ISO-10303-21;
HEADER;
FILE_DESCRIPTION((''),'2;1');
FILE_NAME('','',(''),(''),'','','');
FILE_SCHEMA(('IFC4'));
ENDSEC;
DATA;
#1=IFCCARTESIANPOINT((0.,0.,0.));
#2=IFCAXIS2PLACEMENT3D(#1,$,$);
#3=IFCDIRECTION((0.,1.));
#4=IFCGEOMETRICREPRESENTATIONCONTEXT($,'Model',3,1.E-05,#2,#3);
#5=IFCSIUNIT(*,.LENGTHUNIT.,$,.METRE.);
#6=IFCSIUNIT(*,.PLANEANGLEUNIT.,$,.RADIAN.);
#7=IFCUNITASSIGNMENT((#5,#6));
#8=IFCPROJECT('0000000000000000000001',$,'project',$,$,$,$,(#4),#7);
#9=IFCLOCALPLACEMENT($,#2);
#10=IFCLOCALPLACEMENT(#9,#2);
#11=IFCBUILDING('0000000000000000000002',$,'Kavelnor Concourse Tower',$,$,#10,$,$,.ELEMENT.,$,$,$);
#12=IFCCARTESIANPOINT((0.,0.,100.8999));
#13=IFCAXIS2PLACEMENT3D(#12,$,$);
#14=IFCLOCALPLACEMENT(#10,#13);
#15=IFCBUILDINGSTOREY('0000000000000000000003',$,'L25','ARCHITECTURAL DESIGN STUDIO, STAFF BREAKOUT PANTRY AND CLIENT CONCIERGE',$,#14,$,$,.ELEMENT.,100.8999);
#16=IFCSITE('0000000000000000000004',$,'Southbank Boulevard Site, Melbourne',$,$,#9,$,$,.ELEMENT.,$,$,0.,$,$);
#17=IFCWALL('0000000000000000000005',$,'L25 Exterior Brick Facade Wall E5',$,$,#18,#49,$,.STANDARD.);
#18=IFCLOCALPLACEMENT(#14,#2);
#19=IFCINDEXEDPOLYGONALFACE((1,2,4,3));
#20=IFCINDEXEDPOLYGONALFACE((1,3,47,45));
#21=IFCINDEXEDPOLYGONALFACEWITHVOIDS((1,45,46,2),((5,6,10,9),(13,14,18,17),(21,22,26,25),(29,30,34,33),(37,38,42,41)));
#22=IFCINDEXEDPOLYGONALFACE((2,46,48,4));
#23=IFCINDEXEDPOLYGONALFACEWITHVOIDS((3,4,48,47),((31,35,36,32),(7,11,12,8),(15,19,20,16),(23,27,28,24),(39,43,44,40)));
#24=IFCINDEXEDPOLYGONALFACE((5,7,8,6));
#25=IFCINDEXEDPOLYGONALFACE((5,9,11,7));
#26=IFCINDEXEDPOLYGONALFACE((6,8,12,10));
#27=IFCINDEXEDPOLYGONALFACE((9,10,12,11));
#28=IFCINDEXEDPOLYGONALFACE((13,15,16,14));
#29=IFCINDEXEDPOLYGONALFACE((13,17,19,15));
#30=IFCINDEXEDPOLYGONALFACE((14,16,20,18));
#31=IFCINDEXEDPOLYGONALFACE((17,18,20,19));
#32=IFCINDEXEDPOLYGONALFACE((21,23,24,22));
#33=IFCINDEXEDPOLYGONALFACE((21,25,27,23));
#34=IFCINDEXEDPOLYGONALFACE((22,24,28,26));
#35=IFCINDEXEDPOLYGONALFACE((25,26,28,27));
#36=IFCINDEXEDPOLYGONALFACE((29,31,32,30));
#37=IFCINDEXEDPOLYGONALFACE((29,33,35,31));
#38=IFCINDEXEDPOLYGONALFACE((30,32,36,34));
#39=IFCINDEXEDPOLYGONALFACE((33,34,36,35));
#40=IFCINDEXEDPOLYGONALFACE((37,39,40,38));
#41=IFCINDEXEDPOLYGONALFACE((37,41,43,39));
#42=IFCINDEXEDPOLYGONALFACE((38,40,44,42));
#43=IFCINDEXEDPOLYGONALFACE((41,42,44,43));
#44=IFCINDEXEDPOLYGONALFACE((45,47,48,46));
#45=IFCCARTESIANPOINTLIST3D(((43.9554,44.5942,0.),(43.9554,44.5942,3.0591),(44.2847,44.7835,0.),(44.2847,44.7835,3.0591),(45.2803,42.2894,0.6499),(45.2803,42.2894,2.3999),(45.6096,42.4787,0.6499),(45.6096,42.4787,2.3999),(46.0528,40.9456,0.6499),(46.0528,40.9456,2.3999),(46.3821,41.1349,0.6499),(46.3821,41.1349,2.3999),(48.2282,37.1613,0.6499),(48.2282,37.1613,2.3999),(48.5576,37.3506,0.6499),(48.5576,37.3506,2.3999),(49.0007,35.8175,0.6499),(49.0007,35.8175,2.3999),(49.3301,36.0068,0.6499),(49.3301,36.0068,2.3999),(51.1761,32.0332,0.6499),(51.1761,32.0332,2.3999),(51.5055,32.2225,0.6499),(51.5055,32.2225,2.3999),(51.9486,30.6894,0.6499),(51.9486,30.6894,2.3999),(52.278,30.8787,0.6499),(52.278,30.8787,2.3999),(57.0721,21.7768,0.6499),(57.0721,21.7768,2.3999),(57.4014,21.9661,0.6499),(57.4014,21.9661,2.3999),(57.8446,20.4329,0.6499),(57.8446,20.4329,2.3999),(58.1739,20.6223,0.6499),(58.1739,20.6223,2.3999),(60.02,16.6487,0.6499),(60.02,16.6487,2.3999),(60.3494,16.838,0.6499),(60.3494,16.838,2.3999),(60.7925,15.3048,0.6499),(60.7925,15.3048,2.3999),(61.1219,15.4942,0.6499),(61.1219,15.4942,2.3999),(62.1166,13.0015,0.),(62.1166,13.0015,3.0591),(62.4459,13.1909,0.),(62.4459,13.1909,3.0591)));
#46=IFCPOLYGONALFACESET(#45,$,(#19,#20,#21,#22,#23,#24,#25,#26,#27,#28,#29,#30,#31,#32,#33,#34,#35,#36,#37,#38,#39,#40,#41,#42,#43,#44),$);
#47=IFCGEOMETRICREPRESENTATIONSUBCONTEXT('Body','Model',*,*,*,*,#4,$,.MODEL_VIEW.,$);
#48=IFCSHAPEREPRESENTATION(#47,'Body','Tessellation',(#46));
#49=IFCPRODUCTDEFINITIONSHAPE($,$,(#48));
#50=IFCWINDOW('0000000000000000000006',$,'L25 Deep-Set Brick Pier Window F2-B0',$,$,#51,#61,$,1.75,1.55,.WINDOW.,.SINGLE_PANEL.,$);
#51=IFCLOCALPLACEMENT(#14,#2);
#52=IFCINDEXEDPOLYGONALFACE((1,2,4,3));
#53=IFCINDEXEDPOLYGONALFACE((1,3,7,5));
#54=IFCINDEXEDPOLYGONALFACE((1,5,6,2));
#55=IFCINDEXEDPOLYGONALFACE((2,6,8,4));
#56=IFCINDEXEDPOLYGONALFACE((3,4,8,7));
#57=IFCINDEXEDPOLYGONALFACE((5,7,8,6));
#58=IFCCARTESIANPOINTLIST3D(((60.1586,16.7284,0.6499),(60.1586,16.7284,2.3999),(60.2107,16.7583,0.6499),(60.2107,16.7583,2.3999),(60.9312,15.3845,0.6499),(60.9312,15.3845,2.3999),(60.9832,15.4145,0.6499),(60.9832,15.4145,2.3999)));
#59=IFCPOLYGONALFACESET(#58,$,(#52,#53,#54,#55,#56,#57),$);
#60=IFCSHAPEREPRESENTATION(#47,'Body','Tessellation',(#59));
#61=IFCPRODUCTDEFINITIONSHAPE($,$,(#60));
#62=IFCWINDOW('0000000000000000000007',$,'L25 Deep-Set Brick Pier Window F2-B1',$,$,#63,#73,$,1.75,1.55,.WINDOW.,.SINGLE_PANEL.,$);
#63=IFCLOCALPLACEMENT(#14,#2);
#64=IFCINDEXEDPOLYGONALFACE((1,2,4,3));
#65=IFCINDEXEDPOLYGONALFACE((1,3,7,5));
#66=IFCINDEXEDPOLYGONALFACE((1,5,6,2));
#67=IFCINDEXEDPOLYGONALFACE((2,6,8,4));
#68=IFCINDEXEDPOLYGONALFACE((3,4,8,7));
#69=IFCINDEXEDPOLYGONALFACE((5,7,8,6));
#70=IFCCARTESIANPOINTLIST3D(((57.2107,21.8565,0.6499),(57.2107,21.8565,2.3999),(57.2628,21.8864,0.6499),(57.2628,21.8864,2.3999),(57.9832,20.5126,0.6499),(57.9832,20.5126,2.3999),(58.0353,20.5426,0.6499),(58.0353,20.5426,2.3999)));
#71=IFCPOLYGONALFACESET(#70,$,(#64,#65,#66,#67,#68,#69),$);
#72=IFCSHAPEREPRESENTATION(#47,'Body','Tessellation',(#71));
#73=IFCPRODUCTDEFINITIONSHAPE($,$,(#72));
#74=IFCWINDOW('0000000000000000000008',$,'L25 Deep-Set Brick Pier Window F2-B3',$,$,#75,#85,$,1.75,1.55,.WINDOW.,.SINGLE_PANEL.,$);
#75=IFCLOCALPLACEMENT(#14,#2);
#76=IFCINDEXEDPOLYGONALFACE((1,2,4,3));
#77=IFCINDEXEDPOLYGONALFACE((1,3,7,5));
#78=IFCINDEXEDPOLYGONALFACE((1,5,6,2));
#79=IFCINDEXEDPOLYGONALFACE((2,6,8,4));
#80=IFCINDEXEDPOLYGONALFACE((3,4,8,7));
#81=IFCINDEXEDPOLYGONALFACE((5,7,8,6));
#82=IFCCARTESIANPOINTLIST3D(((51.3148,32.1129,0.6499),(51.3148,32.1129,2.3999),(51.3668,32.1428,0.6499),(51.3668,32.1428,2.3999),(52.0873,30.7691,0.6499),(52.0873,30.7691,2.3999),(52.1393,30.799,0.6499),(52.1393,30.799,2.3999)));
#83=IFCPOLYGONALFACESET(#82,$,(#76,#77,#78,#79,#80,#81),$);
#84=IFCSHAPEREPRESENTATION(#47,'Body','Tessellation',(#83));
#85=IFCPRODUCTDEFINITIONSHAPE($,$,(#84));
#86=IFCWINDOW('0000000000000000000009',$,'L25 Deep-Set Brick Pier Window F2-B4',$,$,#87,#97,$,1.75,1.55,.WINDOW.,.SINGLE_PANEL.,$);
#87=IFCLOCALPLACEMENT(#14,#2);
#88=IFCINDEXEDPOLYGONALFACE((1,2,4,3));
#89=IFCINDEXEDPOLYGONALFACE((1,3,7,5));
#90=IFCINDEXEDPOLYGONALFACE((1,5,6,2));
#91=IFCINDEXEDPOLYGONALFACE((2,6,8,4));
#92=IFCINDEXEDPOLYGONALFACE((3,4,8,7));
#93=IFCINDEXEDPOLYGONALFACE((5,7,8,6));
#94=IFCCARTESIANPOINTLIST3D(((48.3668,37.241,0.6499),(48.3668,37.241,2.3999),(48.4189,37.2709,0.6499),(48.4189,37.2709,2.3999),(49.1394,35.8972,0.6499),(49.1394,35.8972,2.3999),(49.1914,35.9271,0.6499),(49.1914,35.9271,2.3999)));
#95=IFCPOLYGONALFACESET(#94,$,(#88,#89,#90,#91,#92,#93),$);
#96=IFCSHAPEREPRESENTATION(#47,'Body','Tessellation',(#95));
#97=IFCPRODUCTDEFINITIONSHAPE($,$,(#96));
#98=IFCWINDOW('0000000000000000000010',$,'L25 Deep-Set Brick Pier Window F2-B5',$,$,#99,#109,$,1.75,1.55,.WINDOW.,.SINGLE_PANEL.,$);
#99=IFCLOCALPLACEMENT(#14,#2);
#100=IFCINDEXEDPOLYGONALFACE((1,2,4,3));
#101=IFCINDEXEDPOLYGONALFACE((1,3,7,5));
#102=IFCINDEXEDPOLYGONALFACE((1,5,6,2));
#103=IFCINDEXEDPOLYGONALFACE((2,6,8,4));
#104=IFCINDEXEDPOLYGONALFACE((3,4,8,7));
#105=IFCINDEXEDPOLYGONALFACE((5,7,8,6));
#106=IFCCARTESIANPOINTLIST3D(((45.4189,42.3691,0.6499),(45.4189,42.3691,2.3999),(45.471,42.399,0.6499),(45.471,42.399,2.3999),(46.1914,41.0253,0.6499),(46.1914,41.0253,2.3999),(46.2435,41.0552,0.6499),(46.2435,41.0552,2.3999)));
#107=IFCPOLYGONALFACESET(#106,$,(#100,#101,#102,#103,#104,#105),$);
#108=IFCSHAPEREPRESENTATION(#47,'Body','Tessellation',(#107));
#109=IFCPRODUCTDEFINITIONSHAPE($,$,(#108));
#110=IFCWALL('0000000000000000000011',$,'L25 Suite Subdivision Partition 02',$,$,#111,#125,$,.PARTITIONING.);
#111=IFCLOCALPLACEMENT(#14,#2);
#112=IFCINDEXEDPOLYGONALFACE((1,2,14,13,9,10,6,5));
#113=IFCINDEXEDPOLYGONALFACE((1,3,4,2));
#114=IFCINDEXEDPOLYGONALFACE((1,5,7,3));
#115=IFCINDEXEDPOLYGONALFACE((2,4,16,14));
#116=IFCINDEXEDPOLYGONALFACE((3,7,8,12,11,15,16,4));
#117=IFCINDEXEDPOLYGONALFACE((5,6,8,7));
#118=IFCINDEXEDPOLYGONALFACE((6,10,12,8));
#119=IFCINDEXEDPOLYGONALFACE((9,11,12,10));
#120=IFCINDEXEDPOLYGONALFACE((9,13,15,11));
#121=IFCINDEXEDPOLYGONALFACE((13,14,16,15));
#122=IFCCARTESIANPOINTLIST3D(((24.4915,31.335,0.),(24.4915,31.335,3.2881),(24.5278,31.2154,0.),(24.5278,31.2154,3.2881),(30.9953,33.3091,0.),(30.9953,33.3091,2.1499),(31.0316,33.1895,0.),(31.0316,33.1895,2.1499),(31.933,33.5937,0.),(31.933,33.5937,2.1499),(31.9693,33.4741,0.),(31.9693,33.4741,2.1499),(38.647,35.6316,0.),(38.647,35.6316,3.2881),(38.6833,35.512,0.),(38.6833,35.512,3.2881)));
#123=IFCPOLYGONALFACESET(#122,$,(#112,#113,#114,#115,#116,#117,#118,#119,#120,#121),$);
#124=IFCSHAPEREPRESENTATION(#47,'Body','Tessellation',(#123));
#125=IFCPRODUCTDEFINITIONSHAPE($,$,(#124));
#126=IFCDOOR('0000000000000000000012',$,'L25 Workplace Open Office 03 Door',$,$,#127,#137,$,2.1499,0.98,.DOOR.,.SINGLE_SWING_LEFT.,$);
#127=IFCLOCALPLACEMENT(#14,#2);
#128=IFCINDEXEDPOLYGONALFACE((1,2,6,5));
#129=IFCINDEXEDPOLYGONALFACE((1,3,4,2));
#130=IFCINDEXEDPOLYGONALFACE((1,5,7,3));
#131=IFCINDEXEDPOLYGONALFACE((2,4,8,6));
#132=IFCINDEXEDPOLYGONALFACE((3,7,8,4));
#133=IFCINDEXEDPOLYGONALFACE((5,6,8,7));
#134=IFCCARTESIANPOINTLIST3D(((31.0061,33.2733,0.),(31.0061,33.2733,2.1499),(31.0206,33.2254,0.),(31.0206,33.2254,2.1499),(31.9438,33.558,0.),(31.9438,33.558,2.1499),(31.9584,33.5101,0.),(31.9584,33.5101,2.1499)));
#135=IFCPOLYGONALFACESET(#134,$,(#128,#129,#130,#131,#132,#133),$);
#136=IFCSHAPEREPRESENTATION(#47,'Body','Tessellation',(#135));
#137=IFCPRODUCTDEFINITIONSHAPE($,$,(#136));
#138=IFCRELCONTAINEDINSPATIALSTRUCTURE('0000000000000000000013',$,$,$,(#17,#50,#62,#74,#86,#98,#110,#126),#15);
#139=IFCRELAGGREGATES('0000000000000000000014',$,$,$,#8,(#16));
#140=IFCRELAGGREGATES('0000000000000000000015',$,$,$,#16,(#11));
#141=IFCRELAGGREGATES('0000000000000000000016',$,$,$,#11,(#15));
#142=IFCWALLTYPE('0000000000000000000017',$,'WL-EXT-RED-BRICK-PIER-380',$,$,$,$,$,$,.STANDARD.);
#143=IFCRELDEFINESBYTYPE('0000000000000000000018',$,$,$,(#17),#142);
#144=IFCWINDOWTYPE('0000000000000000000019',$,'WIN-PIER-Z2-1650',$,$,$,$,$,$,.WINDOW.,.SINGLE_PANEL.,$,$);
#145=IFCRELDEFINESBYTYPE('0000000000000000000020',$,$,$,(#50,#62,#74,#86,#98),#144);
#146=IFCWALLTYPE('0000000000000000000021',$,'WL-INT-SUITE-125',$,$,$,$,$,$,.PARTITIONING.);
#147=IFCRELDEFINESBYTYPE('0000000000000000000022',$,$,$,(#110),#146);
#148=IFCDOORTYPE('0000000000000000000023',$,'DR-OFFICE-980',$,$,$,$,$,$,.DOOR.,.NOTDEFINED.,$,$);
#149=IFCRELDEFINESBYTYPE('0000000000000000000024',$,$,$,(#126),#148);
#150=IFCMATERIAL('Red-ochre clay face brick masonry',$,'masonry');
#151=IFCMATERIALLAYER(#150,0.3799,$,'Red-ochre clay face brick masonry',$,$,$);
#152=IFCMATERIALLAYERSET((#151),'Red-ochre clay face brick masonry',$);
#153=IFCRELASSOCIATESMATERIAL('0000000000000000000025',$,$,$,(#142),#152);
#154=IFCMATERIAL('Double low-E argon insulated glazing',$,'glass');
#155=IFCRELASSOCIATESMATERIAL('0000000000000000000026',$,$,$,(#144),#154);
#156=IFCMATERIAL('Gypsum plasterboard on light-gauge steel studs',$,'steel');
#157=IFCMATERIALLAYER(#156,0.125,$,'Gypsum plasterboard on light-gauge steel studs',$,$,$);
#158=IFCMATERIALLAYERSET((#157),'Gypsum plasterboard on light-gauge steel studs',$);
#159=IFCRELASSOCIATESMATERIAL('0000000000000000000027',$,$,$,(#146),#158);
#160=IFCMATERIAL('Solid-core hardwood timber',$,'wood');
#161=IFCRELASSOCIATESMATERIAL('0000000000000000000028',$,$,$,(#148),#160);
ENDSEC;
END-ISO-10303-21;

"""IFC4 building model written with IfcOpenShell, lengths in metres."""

from ifc_helpers import new_model, si_unit, direction, frame, frame_2d, origin, place, context, subcontext, project, spatial, rectangle, extrude, material, layer, layer_set, type_object, element, fill, save


model = new_model("IFC4")

# Units and contexts
model_context = context("Model", 3, precision=1e-05, world=origin(), true_north=direction((0.0, 1.0)))
body_context = subcontext(model_context, "Body", "Model", "MODEL_VIEW")
ifc_project = project(units=[si_unit("LENGTHUNIT", "METRE"), si_unit("PLANEANGLEUNIT", "RADIAN")], contexts=[model_context])

# Site, building, storey
site_placement = place(None, origin())
site = spatial("IfcSite", under=ifc_project, at=site_placement, Name="Southbank Boulevard Site, Melbourne", CompositionType="ELEMENT", RefElevation=0.0)
building_placement = place(site_placement, origin())
building = spatial("IfcBuilding", under=site, at=building_placement, Name="Kavelnor Concourse Tower", CompositionType="ELEMENT")
storey_placement = place(building_placement, frame((0.0, 0.0, 100.8999)))
storey = spatial("IfcBuildingStorey", under=building, at=storey_placement, Name="L25", Description="ARCHITECTURAL DESIGN STUDIO, STAFF BREAKOUT PANTRY AND CLIENT CONCIERGE", CompositionType="ELEMENT", Elevation=100.8999)

# Wall, openings, windows
ifc_material_1 = material(Name="Red-ochre clay face brick masonry", Category="masonry")
ifc_layer_1 = layer(ifc_material_1, 0.3799, Name="Red-ochre clay face brick masonry")
ifc_layer_set_1 = layer_set([ifc_layer_1], Name="Red-ochre clay face brick masonry")
wall_type_1 = type_object("IfcWallType", Name="WL-EXT-RED-BRICK-PIER-380", PredefinedType="STANDARD", material=ifc_layer_set_1)
wall_1_placement = place(storey_placement, frame((44.1201, 44.6887, 0.0), z_axis=(0.0, 0.0, 1.0), x_axis=(0.498377, -0.866961, 0.0)))
wall_1 = element("IfcWall", 1, at=wall_1_placement, inside=storey, type_object=wall_type_1, Name="L25 Exterior Brick Facade Wall E5", PredefinedType="STANDARD", context=body_context, shape_type="SweptSolid", body=[
    extrude(rectangle(XDim=36.4407, YDim=0.3799, at=frame_2d((18.2202, 0.0))), origin(), (0.0, 0.0, 1.0), 3.0591),
])
opening_1_placement = place(wall_1_placement, frame((32.2339, 0.0, 0.6499)))
opening_1 = element("IfcOpeningElement", 2, at=opening_1_placement, cuts=wall_1, PredefinedType="OPENING", context=body_context, shape_type="SweptSolid", body=[
    extrude(rectangle(XDim=1.55, YDim=1.75, at=frame_2d((0.7749, 0.875))), frame((0.0, 0.2, 0.0), z_axis=(0.0, -1.0, 0.0), x_axis=(1.0, 0.0, 0.0)), (0.0, 0.0, 1.0), 0.3999),
])
opening_2_placement = place(wall_1_placement, frame((26.3188, 0.0, 0.6499)))
opening_2 = element("IfcOpeningElement", 3, at=opening_2_placement, cuts=wall_1, PredefinedType="OPENING", context=body_context, shape_type="SweptSolid", body=[
    extrude(rectangle(XDim=1.55, YDim=1.75, at=frame_2d((0.7749, 0.875))), frame((0.0, 0.2, 0.0), z_axis=(0.0, -1.0, 0.0), x_axis=(1.0, 0.0, 0.0)), (0.0, 0.0, 1.0), 0.3999),
])
opening_3_placement = place(wall_1_placement, frame((14.4885, 0.0, 0.6499)))
opening_3 = element("IfcOpeningElement", 4, at=opening_3_placement, cuts=wall_1, PredefinedType="OPENING", context=body_context, shape_type="SweptSolid", body=[
    extrude(rectangle(XDim=1.55, YDim=1.75, at=frame_2d((0.7749, 0.875))), frame((0.0, 0.2, 0.0), z_axis=(0.0, -1.0, 0.0), x_axis=(1.0, 0.0, 0.0)), (0.0, 0.0, 1.0), 0.3999),
])
opening_4_placement = place(wall_1_placement, frame((8.5735, 0.0, 0.6499)))
opening_4 = element("IfcOpeningElement", 5, at=opening_4_placement, cuts=wall_1, PredefinedType="OPENING", context=body_context, shape_type="SweptSolid", body=[
    extrude(rectangle(XDim=1.55, YDim=1.75, at=frame_2d((0.7749, 0.875))), frame((0.0, 0.2, 0.0), z_axis=(0.0, -1.0, 0.0), x_axis=(1.0, 0.0, 0.0)), (0.0, 0.0, 1.0), 0.3999),
])
opening_5_placement = place(wall_1_placement, frame((2.6584, 0.0, 0.6499)))
opening_5 = element("IfcOpeningElement", 6, at=opening_5_placement, cuts=wall_1, PredefinedType="OPENING", context=body_context, shape_type="SweptSolid", body=[
    extrude(rectangle(XDim=1.55, YDim=1.75, at=frame_2d((0.7749, 0.875))), frame((0.0, 0.2, 0.0), z_axis=(0.0, -1.0, 0.0), x_axis=(1.0, 0.0, 0.0)), (0.0, 0.0, 1.0), 0.3999),
])
ifc_material_2 = material(Name="Double low-E argon insulated glazing", Category="glass")
window_type = type_object("IfcWindowType", Name="WIN-PIER-Z2-1650", PartitioningType="SINGLE_PANEL", PredefinedType="WINDOW", material=ifc_material_2)
window_1_placement = place(opening_1_placement, origin())
window_1 = element("IfcWindow", 7, at=window_1_placement, inside=storey, type_object=window_type, Name="L25 Deep-Set Brick Pier Window F2-B0", OverallHeight=1.75, OverallWidth=1.55, PartitioningType="SINGLE_PANEL", PredefinedType="WINDOW", context=body_context, shape_type="SweptSolid", body=[
    extrude(rectangle(XDim=1.55, YDim=1.75, at=frame_2d((0.7749, 0.875))), frame((0.0, 0.03, 0.0), z_axis=(0.0, -1.0, 0.0), x_axis=(1.0, 0.0, 0.0)), (0.0, 0.0, 1.0), 0.0601),
])
fill(opening_1, window_1)
window_2_placement = place(opening_2_placement, origin())
window_2 = element("IfcWindow", 8, at=window_2_placement, inside=storey, type_object=window_type, Name="L25 Deep-Set Brick Pier Window F2-B1", OverallHeight=1.75, OverallWidth=1.55, PartitioningType="SINGLE_PANEL", PredefinedType="WINDOW", context=body_context, shape_type="SweptSolid", body=[
    extrude(rectangle(XDim=1.55, YDim=1.75, at=frame_2d((0.7749, 0.875))), frame((0.0, 0.03, 0.0), z_axis=(0.0, -1.0, 0.0), x_axis=(1.0, 0.0, 0.0)), (0.0, 0.0, 1.0), 0.0601),
])
fill(opening_2, window_2)
window_3_placement = place(opening_3_placement, origin())
window_3 = element("IfcWindow", 9, at=window_3_placement, inside=storey, type_object=window_type, Name="L25 Deep-Set Brick Pier Window F2-B3", OverallHeight=1.75, OverallWidth=1.55, PartitioningType="SINGLE_PANEL", PredefinedType="WINDOW", context=body_context, shape_type="SweptSolid", body=[
    extrude(rectangle(XDim=1.55, YDim=1.75, at=frame_2d((0.7749, 0.875))), frame((0.0, 0.03, 0.0), z_axis=(0.0, -1.0, 0.0), x_axis=(1.0, 0.0, 0.0)), (0.0, 0.0, 1.0), 0.0601),
])
fill(opening_3, window_3)
window_4_placement = place(opening_4_placement, origin())
window_4 = element("IfcWindow", 10, at=window_4_placement, inside=storey, type_object=window_type, Name="L25 Deep-Set Brick Pier Window F2-B4", OverallHeight=1.75, OverallWidth=1.55, PartitioningType="SINGLE_PANEL", PredefinedType="WINDOW", context=body_context, shape_type="SweptSolid", body=[
    extrude(rectangle(XDim=1.55, YDim=1.75, at=frame_2d((0.7749, 0.875))), frame((0.0, 0.03, 0.0), z_axis=(0.0, -1.0, 0.0), x_axis=(1.0, 0.0, 0.0)), (0.0, 0.0, 1.0), 0.0601),
])
fill(opening_4, window_4)
window_5_placement = place(opening_5_placement, origin())
window_5 = element("IfcWindow", 11, at=window_5_placement, inside=storey, type_object=window_type, Name="L25 Deep-Set Brick Pier Window F2-B5", OverallHeight=1.75, OverallWidth=1.55, PartitioningType="SINGLE_PANEL", PredefinedType="WINDOW", context=body_context, shape_type="SweptSolid", body=[
    extrude(rectangle(XDim=1.55, YDim=1.75, at=frame_2d((0.7749, 0.875))), frame((0.0, 0.03, 0.0), z_axis=(0.0, -1.0, 0.0), x_axis=(1.0, 0.0, 0.0)), (0.0, 0.0, 1.0), 0.0601),
])
fill(opening_5, window_5)

# Wall, opening, door
ifc_material_3 = material(Name="Gypsum plasterboard on light-gauge steel studs", Category="steel")
ifc_layer_2 = layer(ifc_material_3, 0.125, Name="Gypsum plasterboard on light-gauge steel studs")
ifc_layer_set_2 = layer_set([ifc_layer_2], Name="Gypsum plasterboard on light-gauge steel studs")
wall_type_2 = type_object("IfcWallType", Name="WL-INT-SUITE-125", PredefinedType="PARTITIONING", material=ifc_layer_set_2)
wall_2_placement = place(storey_placement, frame((38.665, 35.5718, 0.0), z_axis=(0.0, 0.0, 1.0), x_axis=(-0.956891, -0.290446, 0.0)))
wall_2 = element("IfcWall", 12, at=wall_2_placement, inside=storey, type_object=wall_type_2, Name="L25 Suite Subdivision Partition 02", PredefinedType="PARTITIONING", context=body_context, shape_type="SweptSolid", body=[
    extrude(rectangle(XDim=14.7932, YDim=0.125, at=frame_2d((7.3965, 0.0))), origin(), (0.0, 0.0, 1.0), 3.2881),
])
opening_6_placement = place(wall_2_placement, frame((7.0164, 0.0, 0.0)))
opening_6 = element("IfcOpeningElement", 13, at=opening_6_placement, cuts=wall_2, PredefinedType="OPENING", context=body_context, shape_type="SweptSolid", body=[
    extrude(rectangle(XDim=0.98, YDim=2.1499, at=frame_2d((0.49, 1.075))), frame((0.0, 0.0725, 0.0), z_axis=(0.0, -1.0, 0.0), x_axis=(1.0, 0.0, 0.0)), (0.0, 0.0, 1.0), 0.145),
])
ifc_material_4 = material(Name="Solid-core hardwood timber", Category="wood")
door_type = type_object("IfcDoorType", Name="DR-OFFICE-980", OperationType="NOTDEFINED", PredefinedType="DOOR", material=ifc_material_4)
door_placement = place(opening_6_placement, origin())
door = element("IfcDoor", 14, at=door_placement, inside=storey, type_object=door_type, Name="L25 Workplace Open Office 03 Door", OperationType="SINGLE_SWING_LEFT", OverallHeight=2.1499, OverallWidth=0.98, PredefinedType="DOOR", context=body_context, shape_type="SweptSolid", body=[
    extrude(rectangle(XDim=0.98, YDim=2.1499, at=frame_2d((0.49, 1.075))), frame((0.0, 0.0249, 0.0), z_axis=(0.0, -1.0, 0.0), x_axis=(1.0, 0.0, 0.0)), (0.0, 0.0, 1.0), 0.05),
])
fill(opening_6, door)

save(model, "model.ifc")
